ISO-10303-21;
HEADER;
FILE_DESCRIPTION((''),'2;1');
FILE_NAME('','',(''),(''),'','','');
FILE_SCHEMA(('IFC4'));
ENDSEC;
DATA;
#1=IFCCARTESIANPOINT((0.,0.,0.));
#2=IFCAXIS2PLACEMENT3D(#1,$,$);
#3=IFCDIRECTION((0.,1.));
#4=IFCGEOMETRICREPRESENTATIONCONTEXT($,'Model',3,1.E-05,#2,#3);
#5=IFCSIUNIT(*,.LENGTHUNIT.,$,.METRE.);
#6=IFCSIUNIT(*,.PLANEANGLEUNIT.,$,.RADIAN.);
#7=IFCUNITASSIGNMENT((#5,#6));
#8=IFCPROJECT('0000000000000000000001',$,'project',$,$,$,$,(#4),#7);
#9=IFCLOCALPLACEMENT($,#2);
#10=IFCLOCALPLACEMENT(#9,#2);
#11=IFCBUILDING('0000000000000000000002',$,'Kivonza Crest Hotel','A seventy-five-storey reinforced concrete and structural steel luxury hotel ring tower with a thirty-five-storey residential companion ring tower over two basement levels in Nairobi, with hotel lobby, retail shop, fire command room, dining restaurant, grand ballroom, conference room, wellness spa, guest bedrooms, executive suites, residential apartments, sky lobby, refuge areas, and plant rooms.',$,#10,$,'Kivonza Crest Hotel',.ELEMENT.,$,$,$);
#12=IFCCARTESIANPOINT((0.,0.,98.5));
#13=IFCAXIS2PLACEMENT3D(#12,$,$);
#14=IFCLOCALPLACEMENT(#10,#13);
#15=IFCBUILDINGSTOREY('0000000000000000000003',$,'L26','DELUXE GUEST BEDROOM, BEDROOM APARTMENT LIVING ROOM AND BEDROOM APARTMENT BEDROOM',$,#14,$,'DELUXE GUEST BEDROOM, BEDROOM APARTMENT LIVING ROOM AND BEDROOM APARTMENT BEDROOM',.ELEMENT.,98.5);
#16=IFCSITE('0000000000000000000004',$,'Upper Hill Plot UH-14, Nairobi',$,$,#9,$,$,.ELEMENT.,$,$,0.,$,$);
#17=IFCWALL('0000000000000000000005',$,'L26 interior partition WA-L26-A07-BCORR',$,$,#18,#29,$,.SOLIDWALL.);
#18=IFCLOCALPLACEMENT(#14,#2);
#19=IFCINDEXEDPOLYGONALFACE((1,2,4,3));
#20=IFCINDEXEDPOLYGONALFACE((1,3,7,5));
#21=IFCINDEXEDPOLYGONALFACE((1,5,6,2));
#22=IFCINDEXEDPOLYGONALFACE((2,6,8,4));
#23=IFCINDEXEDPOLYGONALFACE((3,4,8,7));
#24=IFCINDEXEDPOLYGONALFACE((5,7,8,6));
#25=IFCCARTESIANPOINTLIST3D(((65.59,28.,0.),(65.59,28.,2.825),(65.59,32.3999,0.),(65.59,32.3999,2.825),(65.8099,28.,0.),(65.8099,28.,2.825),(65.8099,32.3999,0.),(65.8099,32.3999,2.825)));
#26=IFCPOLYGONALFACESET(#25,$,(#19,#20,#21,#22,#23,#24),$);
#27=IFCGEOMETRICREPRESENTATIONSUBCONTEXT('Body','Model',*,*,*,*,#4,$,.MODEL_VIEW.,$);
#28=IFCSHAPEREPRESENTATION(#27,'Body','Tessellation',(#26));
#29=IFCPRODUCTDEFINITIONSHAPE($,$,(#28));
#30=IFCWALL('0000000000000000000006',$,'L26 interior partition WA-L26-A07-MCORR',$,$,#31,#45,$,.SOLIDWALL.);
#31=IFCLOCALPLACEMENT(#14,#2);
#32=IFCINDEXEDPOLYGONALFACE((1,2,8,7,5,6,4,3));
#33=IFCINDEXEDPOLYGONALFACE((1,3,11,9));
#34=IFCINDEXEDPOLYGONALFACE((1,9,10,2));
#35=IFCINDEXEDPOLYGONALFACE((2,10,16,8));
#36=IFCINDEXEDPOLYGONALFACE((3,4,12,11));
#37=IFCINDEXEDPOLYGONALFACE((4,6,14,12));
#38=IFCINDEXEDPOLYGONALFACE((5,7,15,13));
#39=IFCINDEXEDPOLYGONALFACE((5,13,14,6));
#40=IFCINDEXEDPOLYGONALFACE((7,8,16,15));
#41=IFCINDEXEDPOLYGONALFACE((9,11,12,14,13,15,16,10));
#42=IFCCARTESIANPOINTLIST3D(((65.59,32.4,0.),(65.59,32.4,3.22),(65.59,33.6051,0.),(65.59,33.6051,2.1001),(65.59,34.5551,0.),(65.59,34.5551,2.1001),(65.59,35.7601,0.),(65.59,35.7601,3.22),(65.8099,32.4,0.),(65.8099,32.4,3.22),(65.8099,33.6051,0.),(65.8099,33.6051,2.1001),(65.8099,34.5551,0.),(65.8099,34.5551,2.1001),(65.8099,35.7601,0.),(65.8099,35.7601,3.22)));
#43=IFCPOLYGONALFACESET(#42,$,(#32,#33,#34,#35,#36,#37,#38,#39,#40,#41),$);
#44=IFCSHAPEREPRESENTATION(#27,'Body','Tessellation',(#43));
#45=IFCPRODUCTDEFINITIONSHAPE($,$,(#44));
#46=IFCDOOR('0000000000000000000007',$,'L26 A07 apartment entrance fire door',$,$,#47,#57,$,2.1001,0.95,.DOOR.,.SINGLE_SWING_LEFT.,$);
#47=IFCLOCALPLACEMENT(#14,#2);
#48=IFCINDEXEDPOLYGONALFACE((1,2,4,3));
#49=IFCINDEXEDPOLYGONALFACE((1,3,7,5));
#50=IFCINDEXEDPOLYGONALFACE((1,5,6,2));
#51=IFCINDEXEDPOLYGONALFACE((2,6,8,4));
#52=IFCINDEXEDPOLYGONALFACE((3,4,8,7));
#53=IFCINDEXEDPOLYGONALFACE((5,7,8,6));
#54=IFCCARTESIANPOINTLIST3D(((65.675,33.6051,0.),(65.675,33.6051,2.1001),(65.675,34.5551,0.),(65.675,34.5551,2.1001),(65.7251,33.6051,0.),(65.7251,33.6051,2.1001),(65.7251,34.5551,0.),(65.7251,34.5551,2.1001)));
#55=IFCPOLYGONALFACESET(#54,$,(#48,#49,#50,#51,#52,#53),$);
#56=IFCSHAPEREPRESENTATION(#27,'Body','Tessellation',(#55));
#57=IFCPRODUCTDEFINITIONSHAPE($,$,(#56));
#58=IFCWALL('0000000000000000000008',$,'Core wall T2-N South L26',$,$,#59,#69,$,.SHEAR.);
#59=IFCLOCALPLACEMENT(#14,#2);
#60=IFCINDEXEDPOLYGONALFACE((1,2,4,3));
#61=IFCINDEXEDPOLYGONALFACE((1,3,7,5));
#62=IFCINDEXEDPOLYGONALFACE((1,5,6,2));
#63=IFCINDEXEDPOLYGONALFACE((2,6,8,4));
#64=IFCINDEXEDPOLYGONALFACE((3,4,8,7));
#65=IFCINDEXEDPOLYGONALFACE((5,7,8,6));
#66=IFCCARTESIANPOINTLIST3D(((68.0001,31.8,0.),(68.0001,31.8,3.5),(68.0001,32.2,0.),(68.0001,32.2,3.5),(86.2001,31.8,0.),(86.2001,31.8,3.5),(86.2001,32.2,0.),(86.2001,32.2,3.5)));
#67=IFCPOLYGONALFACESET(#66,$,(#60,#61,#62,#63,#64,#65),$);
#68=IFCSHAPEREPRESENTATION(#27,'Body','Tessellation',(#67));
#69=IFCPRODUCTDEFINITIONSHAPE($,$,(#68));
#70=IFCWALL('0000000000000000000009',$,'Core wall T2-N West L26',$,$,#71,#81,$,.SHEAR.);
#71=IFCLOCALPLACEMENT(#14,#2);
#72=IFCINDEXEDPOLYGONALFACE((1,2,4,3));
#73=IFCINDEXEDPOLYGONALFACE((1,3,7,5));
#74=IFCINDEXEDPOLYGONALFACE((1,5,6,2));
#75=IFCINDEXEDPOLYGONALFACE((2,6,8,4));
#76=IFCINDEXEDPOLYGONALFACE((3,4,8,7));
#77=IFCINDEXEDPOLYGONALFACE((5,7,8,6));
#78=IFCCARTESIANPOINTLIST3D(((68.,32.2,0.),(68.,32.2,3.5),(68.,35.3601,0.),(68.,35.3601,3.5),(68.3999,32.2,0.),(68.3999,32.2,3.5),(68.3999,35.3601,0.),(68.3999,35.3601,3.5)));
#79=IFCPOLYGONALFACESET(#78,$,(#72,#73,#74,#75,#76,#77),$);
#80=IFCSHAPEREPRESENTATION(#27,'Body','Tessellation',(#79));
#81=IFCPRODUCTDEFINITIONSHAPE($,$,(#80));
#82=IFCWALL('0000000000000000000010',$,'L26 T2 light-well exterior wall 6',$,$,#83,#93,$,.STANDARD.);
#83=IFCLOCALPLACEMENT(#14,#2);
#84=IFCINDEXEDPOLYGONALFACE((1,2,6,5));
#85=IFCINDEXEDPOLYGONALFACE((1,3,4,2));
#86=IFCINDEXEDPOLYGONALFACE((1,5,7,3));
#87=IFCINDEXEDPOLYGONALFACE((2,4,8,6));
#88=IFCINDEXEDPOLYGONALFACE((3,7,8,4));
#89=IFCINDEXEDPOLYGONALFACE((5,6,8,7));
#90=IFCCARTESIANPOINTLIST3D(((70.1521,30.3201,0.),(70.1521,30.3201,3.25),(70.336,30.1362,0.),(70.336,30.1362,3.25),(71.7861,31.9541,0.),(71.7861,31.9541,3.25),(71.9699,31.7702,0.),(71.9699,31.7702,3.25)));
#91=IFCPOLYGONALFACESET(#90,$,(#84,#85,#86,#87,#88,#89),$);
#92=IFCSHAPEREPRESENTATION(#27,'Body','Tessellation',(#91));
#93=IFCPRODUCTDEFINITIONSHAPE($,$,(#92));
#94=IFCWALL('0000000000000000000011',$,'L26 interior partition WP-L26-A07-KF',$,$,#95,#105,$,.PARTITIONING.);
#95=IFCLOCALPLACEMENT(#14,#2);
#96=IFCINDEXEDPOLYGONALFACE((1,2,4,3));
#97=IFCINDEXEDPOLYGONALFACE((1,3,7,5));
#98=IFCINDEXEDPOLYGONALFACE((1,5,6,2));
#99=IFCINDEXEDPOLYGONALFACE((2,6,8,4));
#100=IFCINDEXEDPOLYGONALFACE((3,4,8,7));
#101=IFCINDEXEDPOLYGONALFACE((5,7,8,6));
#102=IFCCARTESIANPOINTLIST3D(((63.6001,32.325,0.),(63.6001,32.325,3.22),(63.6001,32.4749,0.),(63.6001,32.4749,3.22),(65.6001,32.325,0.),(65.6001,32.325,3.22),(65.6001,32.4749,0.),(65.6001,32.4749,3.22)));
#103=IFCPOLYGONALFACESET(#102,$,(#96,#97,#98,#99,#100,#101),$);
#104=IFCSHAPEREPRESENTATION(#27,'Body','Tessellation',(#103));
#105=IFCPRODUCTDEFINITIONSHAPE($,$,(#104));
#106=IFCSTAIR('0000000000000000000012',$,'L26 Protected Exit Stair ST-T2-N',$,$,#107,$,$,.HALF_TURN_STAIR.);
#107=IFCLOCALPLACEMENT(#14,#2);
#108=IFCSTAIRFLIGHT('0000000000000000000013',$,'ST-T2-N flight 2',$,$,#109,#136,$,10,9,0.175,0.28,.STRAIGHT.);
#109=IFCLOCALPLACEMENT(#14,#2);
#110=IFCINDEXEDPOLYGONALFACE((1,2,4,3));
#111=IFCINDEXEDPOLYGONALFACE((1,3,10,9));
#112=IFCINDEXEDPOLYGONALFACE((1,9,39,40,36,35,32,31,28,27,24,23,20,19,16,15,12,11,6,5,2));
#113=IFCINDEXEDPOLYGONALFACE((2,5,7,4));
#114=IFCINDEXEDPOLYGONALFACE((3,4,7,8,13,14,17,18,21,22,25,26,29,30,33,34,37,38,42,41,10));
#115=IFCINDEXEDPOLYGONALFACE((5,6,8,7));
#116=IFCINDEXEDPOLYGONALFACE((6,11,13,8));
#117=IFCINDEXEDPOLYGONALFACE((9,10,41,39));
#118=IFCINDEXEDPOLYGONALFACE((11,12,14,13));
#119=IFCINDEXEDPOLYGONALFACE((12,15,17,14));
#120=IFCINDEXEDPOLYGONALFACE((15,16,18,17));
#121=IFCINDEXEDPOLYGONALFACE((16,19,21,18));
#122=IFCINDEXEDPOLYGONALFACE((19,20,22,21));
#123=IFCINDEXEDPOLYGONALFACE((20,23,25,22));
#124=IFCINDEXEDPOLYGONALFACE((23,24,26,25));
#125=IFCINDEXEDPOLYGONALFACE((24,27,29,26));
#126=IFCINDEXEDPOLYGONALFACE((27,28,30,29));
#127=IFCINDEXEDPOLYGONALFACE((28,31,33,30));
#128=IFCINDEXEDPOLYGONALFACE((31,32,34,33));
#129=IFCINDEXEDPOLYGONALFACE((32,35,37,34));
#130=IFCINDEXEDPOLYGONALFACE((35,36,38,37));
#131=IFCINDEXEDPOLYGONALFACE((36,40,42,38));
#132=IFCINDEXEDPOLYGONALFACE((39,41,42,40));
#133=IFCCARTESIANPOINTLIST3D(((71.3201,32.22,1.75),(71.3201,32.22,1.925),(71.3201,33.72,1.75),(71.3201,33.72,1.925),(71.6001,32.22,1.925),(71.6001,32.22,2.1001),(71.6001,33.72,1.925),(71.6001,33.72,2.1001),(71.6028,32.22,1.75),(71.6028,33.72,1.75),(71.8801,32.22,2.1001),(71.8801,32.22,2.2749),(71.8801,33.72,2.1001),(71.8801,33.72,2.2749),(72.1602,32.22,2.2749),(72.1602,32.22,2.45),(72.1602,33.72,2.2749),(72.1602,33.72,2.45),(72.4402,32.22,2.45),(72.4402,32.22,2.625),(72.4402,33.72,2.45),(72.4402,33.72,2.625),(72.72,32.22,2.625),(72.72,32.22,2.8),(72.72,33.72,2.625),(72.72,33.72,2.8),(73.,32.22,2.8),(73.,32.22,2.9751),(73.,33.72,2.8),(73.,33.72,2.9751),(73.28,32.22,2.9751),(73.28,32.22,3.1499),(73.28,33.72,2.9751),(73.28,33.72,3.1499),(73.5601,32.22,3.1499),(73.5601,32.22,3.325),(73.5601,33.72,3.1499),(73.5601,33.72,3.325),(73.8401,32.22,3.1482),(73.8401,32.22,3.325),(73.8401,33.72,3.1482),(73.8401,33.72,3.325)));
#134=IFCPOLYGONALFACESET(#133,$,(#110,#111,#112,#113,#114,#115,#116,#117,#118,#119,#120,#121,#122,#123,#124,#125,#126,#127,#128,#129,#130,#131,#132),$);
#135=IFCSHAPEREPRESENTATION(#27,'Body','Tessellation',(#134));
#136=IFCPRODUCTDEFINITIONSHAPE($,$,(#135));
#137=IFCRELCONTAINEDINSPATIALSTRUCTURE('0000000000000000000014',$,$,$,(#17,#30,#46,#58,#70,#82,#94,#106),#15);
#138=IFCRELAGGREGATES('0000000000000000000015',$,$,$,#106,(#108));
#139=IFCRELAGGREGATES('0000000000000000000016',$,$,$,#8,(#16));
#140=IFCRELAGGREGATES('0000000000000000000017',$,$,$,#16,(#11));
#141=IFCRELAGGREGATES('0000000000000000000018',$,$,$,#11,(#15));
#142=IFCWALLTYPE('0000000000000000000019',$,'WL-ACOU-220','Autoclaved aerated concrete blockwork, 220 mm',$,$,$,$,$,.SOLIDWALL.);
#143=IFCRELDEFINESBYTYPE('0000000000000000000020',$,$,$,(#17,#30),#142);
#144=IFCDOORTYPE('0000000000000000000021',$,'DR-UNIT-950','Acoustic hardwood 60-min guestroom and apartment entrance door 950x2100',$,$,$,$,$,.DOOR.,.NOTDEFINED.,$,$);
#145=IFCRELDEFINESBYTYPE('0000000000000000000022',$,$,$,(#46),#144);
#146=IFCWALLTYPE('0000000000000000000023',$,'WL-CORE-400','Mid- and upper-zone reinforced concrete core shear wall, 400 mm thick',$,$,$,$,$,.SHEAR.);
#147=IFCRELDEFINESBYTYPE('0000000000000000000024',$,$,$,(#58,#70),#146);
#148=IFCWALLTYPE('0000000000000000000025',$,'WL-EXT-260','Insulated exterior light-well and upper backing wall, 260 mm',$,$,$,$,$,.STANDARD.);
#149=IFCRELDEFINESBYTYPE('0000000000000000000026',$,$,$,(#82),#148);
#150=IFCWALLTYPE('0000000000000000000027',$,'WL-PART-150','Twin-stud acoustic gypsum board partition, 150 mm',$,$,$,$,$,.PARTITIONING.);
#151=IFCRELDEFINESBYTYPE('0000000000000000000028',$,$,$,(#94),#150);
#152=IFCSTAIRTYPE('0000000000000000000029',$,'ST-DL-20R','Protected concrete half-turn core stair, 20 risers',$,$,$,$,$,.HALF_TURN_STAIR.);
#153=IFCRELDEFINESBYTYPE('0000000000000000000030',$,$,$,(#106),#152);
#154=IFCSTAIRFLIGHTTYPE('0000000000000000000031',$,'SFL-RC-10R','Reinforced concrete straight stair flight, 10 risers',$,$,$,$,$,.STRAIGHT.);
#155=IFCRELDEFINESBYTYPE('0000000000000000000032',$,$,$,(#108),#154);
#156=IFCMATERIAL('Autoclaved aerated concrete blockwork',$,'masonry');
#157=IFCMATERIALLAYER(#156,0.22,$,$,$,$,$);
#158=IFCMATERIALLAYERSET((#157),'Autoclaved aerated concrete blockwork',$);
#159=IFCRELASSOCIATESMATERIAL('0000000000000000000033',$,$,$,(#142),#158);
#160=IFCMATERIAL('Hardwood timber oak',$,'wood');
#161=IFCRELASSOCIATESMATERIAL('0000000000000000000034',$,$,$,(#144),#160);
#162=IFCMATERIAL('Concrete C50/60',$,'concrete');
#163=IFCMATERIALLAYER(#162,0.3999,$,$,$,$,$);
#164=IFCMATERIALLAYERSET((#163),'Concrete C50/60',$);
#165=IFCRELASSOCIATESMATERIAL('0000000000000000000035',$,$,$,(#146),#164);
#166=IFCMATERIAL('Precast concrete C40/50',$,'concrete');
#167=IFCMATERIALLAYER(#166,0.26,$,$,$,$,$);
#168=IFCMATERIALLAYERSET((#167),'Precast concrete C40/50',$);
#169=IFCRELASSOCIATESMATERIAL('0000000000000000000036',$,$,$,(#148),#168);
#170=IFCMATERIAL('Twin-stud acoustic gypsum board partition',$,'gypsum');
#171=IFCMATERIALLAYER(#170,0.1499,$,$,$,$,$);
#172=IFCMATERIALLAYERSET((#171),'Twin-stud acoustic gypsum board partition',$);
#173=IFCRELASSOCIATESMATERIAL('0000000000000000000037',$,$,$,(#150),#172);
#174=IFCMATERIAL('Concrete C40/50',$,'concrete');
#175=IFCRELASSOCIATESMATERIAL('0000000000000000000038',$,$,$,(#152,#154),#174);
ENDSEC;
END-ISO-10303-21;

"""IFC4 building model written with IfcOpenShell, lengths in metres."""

from ifc_helpers import new_model, si_unit, direction, frame, frame_2d, origin, place, context, subcontext, project, spatial, polyline, rectangle, outline, extrude, material, layer, layer_set, type_object, element, fill, aggregate, save


model = new_model("IFC4")

# Units and contexts
model_context = context("Model", 3, precision=1e-05, world=origin(), true_north=direction((0.0, 1.0)))
body_context = subcontext(model_context, "Body", "Model", "MODEL_VIEW")
ifc_project = project(units=[si_unit("LENGTHUNIT", "METRE"), si_unit("PLANEANGLEUNIT", "RADIAN")], contexts=[model_context])

# Site, building, storey
site_placement = place(None, origin())
site = spatial("IfcSite", under=ifc_project, at=site_placement, Name="Upper Hill Plot UH-14, Nairobi", CompositionType="ELEMENT", RefElevation=0.0)
building_placement = place(site_placement, origin())
building = spatial("IfcBuilding", under=site, at=building_placement, Name="Kivonza Crest Hotel", Description="A seventy-five-storey reinforced concrete and structural steel luxury hotel ring tower with a thirty-five-storey residential companion ring tower over two basement levels in Nairobi, with hotel lobby, retail shop, fire command room, dining restaurant, grand ballroom, conference room, wellness spa, guest bedrooms, executive suites, residential apartments, sky lobby, refuge areas, and plant rooms.", LongName="Kivonza Crest Hotel", CompositionType="ELEMENT")
storey_placement = place(building_placement, frame((0.0, 0.0, 98.5)))
storey = spatial("IfcBuildingStorey", under=building, at=storey_placement, Name="L26", Description="DELUXE GUEST BEDROOM, BEDROOM APARTMENT LIVING ROOM AND BEDROOM APARTMENT BEDROOM", LongName="DELUXE GUEST BEDROOM, BEDROOM APARTMENT LIVING ROOM AND BEDROOM APARTMENT BEDROOM", CompositionType="ELEMENT", Elevation=98.5)

# Shared definitions
ifc_material_1 = material(Name="Concrete C50/60", Category="concrete")

# Wall
ifc_material_2 = material(Name="Autoclaved aerated concrete blockwork", Category="masonry")
ifc_layer_1 = layer(ifc_material_2, 0.22)
ifc_layer_set_1 = layer_set([ifc_layer_1], Name="Autoclaved aerated concrete blockwork")
wall_type_1 = type_object("IfcWallType", Name="WL-ACOU-220", Description="Autoclaved aerated concrete blockwork, 220 mm", PredefinedType="SOLIDWALL", material=ifc_layer_set_1)
wall_1_placement = place(storey_placement, frame((65.7, 28.0, 0.0), z_axis=(0.0, 0.0, 1.0), x_axis=(0.0, 1.0, 0.0)))
element("IfcWall", 1, at=wall_1_placement, inside=storey, type_object=wall_type_1, Name="L26 interior partition WA-L26-A07-BCORR", PredefinedType="SOLIDWALL", context=body_context, shape_type="SweptSolid", body=[
    extrude(rectangle(XDim=4.3999, YDim=0.22, at=frame_2d((2.2, 0.0))), origin(), (0.0, 0.0, 1.0), 2.825),
])

# Wall, opening, door
wall_2_placement = place(storey_placement, frame((65.7, 32.3999, 0.0), z_axis=(0.0, 0.0, 1.0), x_axis=(0.0, 1.0, 0.0)))
wall_2 = element("IfcWall", 2, at=wall_2_placement, inside=storey, type_object=wall_type_1, Name="L26 interior partition WA-L26-A07-MCORR", PredefinedType="SOLIDWALL", context=body_context, shape_type="SweptSolid", body=[
    extrude(rectangle(XDim=3.3601, YDim=0.22, at=frame_2d((1.6802, 0.0))), origin(), (0.0, 0.0, 1.0), 3.22),
])
opening_placement = place(wall_2_placement, frame((1.2051, 0.0, 0.0)))
opening = element("IfcOpeningElement", 3, at=opening_placement, cuts=wall_2, PredefinedType="OPENING", context=body_context, shape_type="SweptSolid", body=[
    extrude(rectangle(XDim=0.95, YDim=2.1001, at=frame_2d((0.4751, 1.05))), frame((0.0, 0.1201, 0.0), z_axis=(0.0, -1.0, 0.0), x_axis=(1.0, 0.0, 0.0)), (0.0, 0.0, 1.0), 0.24),
])
ifc_material_3 = material(Name="Hardwood timber oak", Category="wood")
door_type = type_object("IfcDoorType", Name="DR-UNIT-950", Description="Acoustic hardwood 60-min guestroom and apartment entrance door 950x2100", OperationType="NOTDEFINED", PredefinedType="DOOR", material=ifc_material_3)
door_placement = place(opening_placement, origin())
door = element("IfcDoor", 4, at=door_placement, inside=storey, type_object=door_type, Name="L26 A07 apartment entrance fire door", OperationType="SINGLE_SWING_LEFT", OverallHeight=2.1001, OverallWidth=0.95, PredefinedType="DOOR", context=body_context, shape_type="SweptSolid", body=[
    extrude(rectangle(XDim=0.95, YDim=2.1001, at=frame_2d((0.4751, 1.05))), frame((0.0, 0.0249, 0.0), z_axis=(0.0, -1.0, 0.0), x_axis=(1.0, 0.0, 0.0)), (0.0, 0.0, 1.0), 0.05),
])
fill(opening, door)

# Walls
ifc_layer_2 = layer(ifc_material_1, 0.3999)
ifc_layer_set_2 = layer_set([ifc_layer_2], Name="Concrete C50/60")
wall_type_2 = type_object("IfcWallType", Name="WL-CORE-400", Description="Mid- and upper-zone reinforced concrete core shear wall, 400 mm thick", PredefinedType="SHEAR", material=ifc_layer_set_2)
wall_3_placement = place(storey_placement, frame((68.0, 32.0, 0.0), z_axis=(0.0, 0.0, 1.0), x_axis=(1.0, 0.0, 0.0)))
element("IfcWall", 5, at=wall_3_placement, inside=storey, type_object=wall_type_2, Name="Core wall T2-N South L26", PredefinedType="SHEAR", context=body_context, shape_type="SweptSolid", body=[
    extrude(rectangle(XDim=18.2, YDim=0.3999, at=frame_2d((9.1001, 0.0))), origin(), (0.0, 0.0, 1.0), 3.5),
])
wall_4_placement = place(storey_placement, frame((68.2, 32.2, 0.0), z_axis=(0.0, 0.0, 1.0), x_axis=(0.0, 1.0, 0.0)))
element("IfcWall", 6, at=wall_4_placement, inside=storey, type_object=wall_type_2, Name="Core wall T2-N West L26", PredefinedType="SHEAR", context=body_context, shape_type="SweptSolid", body=[
    extrude(rectangle(XDim=3.1602, YDim=0.3999, at=frame_2d((1.5801, 0.0))), origin(), (0.0, 0.0, 1.0), 3.5),
])
ifc_material_4 = material(Name="Precast concrete C40/50", Category="concrete")
ifc_layer_3 = layer(ifc_material_4, 0.26)
ifc_layer_set_3 = layer_set([ifc_layer_3], Name="Precast concrete C40/50")
wall_type_3 = type_object("IfcWallType", Name="WL-EXT-260", Description="Insulated exterior light-well and upper backing wall, 260 mm", PredefinedType="STANDARD", material=ifc_layer_set_3)
wall_5_placement = place(storey_placement, frame((71.8779, 31.8621, 0.0), z_axis=(0.0, 0.0, 1.0), x_axis=(-0.707107, -0.707107, 0.0)))
element("IfcWall", 7, at=wall_5_placement, inside=storey, type_object=wall_type_3, Name="L26 T2 light-well exterior wall 6", PredefinedType="STANDARD", context=body_context, shape_type="SweptSolid", body=[
    extrude(rectangle(XDim=2.3108, YDim=0.26, at=frame_2d((1.1553, 0.0))), origin(), (0.0, 0.0, 1.0), 3.25),
])
ifc_material_5 = material(Name="Twin-stud acoustic gypsum board partition", Category="gypsum")
ifc_layer_4 = layer(ifc_material_5, 0.1499)
ifc_layer_set_4 = layer_set([ifc_layer_4], Name="Twin-stud acoustic gypsum board partition")
wall_type_4 = type_object("IfcWallType", Name="WL-PART-150", Description="Twin-stud acoustic gypsum board partition, 150 mm", PredefinedType="PARTITIONING", material=ifc_layer_set_4)
wall_6_placement = place(storey_placement, frame((63.6001, 32.3999, 0.0), z_axis=(0.0, 0.0, 1.0), x_axis=(1.0, 0.0, 0.0)))
element("IfcWall", 8, at=wall_6_placement, inside=storey, type_object=wall_type_4, Name="L26 interior partition WP-L26-A07-KF", PredefinedType="PARTITIONING", context=body_context, shape_type="SweptSolid", body=[
    extrude(rectangle(XDim=2.0, YDim=0.1499, at=frame_2d((1.0, 0.0))), origin(), (0.0, 0.0, 1.0), 3.22),
])

# Stair, stair flight
ifc_material_6 = material(Name="Concrete C40/50", Category="concrete")
stair_type = type_object("IfcStairType", Name="ST-DL-20R", Description="Protected concrete half-turn core stair, 20 risers", PredefinedType="HALF_TURN_STAIR", material=ifc_material_6)
stair_placement = place(storey_placement, origin())
stair = element("IfcStair", 9, at=stair_placement, inside=storey, type_object=stair_type, Name="L26 Protected Exit Stair ST-T2-N", PredefinedType="HALF_TURN_STAIR")
stair_flight_type = type_object("IfcStairFlightType", Name="SFL-RC-10R", Description="Reinforced concrete straight stair flight, 10 risers", PredefinedType="STRAIGHT", material=ifc_material_6)
stair_flight_placement = place(storey_placement, frame((71.3201, 32.97, 1.75), z_axis=(0.0, 0.0, 1.0), x_axis=(1.0, 0.0, 0.0)))
stair_flight = element("IfcStairFlight", 10, at=stair_flight_placement, type_object=stair_flight_type, Name="ST-T2-N flight 2", NumberOfRisers=10, NumberOfTreads=9, PredefinedType="STRAIGHT", RiserHeight=0.175, TreadLength=0.28, context=body_context, shape_type="SweptSolid", body=[
    extrude(outline(polyline([(0.0, 0.0), (0.0, 0.175), (0.28, 0.175), (0.28, 0.3501), (0.5601, 0.3501), (0.5601, 0.5249), (0.8401, 0.5249), (0.8401, 0.7), (1.1201, 0.7), (1.1201, 0.875), (1.3999, 0.875), (1.3999, 1.05), (1.6799, 1.05), (1.6799, 1.2251), (1.96, 1.2251), (1.96, 1.3999), (2.24, 1.3999), (2.24, 1.575), (2.52, 1.575), (2.52, 1.75), (2.52, 1.3982), (0.2827, 0.0), (0.0, 0.0)])), frame((0.0, 0.75, 0.0), z_axis=(0.0, -1.0, 0.0), x_axis=(1.0, 0.0, 0.0)), (0.0, 0.0, 1.0), 1.5),
])
aggregate(stair, [stair_flight])

save(model, "model.ifc")
